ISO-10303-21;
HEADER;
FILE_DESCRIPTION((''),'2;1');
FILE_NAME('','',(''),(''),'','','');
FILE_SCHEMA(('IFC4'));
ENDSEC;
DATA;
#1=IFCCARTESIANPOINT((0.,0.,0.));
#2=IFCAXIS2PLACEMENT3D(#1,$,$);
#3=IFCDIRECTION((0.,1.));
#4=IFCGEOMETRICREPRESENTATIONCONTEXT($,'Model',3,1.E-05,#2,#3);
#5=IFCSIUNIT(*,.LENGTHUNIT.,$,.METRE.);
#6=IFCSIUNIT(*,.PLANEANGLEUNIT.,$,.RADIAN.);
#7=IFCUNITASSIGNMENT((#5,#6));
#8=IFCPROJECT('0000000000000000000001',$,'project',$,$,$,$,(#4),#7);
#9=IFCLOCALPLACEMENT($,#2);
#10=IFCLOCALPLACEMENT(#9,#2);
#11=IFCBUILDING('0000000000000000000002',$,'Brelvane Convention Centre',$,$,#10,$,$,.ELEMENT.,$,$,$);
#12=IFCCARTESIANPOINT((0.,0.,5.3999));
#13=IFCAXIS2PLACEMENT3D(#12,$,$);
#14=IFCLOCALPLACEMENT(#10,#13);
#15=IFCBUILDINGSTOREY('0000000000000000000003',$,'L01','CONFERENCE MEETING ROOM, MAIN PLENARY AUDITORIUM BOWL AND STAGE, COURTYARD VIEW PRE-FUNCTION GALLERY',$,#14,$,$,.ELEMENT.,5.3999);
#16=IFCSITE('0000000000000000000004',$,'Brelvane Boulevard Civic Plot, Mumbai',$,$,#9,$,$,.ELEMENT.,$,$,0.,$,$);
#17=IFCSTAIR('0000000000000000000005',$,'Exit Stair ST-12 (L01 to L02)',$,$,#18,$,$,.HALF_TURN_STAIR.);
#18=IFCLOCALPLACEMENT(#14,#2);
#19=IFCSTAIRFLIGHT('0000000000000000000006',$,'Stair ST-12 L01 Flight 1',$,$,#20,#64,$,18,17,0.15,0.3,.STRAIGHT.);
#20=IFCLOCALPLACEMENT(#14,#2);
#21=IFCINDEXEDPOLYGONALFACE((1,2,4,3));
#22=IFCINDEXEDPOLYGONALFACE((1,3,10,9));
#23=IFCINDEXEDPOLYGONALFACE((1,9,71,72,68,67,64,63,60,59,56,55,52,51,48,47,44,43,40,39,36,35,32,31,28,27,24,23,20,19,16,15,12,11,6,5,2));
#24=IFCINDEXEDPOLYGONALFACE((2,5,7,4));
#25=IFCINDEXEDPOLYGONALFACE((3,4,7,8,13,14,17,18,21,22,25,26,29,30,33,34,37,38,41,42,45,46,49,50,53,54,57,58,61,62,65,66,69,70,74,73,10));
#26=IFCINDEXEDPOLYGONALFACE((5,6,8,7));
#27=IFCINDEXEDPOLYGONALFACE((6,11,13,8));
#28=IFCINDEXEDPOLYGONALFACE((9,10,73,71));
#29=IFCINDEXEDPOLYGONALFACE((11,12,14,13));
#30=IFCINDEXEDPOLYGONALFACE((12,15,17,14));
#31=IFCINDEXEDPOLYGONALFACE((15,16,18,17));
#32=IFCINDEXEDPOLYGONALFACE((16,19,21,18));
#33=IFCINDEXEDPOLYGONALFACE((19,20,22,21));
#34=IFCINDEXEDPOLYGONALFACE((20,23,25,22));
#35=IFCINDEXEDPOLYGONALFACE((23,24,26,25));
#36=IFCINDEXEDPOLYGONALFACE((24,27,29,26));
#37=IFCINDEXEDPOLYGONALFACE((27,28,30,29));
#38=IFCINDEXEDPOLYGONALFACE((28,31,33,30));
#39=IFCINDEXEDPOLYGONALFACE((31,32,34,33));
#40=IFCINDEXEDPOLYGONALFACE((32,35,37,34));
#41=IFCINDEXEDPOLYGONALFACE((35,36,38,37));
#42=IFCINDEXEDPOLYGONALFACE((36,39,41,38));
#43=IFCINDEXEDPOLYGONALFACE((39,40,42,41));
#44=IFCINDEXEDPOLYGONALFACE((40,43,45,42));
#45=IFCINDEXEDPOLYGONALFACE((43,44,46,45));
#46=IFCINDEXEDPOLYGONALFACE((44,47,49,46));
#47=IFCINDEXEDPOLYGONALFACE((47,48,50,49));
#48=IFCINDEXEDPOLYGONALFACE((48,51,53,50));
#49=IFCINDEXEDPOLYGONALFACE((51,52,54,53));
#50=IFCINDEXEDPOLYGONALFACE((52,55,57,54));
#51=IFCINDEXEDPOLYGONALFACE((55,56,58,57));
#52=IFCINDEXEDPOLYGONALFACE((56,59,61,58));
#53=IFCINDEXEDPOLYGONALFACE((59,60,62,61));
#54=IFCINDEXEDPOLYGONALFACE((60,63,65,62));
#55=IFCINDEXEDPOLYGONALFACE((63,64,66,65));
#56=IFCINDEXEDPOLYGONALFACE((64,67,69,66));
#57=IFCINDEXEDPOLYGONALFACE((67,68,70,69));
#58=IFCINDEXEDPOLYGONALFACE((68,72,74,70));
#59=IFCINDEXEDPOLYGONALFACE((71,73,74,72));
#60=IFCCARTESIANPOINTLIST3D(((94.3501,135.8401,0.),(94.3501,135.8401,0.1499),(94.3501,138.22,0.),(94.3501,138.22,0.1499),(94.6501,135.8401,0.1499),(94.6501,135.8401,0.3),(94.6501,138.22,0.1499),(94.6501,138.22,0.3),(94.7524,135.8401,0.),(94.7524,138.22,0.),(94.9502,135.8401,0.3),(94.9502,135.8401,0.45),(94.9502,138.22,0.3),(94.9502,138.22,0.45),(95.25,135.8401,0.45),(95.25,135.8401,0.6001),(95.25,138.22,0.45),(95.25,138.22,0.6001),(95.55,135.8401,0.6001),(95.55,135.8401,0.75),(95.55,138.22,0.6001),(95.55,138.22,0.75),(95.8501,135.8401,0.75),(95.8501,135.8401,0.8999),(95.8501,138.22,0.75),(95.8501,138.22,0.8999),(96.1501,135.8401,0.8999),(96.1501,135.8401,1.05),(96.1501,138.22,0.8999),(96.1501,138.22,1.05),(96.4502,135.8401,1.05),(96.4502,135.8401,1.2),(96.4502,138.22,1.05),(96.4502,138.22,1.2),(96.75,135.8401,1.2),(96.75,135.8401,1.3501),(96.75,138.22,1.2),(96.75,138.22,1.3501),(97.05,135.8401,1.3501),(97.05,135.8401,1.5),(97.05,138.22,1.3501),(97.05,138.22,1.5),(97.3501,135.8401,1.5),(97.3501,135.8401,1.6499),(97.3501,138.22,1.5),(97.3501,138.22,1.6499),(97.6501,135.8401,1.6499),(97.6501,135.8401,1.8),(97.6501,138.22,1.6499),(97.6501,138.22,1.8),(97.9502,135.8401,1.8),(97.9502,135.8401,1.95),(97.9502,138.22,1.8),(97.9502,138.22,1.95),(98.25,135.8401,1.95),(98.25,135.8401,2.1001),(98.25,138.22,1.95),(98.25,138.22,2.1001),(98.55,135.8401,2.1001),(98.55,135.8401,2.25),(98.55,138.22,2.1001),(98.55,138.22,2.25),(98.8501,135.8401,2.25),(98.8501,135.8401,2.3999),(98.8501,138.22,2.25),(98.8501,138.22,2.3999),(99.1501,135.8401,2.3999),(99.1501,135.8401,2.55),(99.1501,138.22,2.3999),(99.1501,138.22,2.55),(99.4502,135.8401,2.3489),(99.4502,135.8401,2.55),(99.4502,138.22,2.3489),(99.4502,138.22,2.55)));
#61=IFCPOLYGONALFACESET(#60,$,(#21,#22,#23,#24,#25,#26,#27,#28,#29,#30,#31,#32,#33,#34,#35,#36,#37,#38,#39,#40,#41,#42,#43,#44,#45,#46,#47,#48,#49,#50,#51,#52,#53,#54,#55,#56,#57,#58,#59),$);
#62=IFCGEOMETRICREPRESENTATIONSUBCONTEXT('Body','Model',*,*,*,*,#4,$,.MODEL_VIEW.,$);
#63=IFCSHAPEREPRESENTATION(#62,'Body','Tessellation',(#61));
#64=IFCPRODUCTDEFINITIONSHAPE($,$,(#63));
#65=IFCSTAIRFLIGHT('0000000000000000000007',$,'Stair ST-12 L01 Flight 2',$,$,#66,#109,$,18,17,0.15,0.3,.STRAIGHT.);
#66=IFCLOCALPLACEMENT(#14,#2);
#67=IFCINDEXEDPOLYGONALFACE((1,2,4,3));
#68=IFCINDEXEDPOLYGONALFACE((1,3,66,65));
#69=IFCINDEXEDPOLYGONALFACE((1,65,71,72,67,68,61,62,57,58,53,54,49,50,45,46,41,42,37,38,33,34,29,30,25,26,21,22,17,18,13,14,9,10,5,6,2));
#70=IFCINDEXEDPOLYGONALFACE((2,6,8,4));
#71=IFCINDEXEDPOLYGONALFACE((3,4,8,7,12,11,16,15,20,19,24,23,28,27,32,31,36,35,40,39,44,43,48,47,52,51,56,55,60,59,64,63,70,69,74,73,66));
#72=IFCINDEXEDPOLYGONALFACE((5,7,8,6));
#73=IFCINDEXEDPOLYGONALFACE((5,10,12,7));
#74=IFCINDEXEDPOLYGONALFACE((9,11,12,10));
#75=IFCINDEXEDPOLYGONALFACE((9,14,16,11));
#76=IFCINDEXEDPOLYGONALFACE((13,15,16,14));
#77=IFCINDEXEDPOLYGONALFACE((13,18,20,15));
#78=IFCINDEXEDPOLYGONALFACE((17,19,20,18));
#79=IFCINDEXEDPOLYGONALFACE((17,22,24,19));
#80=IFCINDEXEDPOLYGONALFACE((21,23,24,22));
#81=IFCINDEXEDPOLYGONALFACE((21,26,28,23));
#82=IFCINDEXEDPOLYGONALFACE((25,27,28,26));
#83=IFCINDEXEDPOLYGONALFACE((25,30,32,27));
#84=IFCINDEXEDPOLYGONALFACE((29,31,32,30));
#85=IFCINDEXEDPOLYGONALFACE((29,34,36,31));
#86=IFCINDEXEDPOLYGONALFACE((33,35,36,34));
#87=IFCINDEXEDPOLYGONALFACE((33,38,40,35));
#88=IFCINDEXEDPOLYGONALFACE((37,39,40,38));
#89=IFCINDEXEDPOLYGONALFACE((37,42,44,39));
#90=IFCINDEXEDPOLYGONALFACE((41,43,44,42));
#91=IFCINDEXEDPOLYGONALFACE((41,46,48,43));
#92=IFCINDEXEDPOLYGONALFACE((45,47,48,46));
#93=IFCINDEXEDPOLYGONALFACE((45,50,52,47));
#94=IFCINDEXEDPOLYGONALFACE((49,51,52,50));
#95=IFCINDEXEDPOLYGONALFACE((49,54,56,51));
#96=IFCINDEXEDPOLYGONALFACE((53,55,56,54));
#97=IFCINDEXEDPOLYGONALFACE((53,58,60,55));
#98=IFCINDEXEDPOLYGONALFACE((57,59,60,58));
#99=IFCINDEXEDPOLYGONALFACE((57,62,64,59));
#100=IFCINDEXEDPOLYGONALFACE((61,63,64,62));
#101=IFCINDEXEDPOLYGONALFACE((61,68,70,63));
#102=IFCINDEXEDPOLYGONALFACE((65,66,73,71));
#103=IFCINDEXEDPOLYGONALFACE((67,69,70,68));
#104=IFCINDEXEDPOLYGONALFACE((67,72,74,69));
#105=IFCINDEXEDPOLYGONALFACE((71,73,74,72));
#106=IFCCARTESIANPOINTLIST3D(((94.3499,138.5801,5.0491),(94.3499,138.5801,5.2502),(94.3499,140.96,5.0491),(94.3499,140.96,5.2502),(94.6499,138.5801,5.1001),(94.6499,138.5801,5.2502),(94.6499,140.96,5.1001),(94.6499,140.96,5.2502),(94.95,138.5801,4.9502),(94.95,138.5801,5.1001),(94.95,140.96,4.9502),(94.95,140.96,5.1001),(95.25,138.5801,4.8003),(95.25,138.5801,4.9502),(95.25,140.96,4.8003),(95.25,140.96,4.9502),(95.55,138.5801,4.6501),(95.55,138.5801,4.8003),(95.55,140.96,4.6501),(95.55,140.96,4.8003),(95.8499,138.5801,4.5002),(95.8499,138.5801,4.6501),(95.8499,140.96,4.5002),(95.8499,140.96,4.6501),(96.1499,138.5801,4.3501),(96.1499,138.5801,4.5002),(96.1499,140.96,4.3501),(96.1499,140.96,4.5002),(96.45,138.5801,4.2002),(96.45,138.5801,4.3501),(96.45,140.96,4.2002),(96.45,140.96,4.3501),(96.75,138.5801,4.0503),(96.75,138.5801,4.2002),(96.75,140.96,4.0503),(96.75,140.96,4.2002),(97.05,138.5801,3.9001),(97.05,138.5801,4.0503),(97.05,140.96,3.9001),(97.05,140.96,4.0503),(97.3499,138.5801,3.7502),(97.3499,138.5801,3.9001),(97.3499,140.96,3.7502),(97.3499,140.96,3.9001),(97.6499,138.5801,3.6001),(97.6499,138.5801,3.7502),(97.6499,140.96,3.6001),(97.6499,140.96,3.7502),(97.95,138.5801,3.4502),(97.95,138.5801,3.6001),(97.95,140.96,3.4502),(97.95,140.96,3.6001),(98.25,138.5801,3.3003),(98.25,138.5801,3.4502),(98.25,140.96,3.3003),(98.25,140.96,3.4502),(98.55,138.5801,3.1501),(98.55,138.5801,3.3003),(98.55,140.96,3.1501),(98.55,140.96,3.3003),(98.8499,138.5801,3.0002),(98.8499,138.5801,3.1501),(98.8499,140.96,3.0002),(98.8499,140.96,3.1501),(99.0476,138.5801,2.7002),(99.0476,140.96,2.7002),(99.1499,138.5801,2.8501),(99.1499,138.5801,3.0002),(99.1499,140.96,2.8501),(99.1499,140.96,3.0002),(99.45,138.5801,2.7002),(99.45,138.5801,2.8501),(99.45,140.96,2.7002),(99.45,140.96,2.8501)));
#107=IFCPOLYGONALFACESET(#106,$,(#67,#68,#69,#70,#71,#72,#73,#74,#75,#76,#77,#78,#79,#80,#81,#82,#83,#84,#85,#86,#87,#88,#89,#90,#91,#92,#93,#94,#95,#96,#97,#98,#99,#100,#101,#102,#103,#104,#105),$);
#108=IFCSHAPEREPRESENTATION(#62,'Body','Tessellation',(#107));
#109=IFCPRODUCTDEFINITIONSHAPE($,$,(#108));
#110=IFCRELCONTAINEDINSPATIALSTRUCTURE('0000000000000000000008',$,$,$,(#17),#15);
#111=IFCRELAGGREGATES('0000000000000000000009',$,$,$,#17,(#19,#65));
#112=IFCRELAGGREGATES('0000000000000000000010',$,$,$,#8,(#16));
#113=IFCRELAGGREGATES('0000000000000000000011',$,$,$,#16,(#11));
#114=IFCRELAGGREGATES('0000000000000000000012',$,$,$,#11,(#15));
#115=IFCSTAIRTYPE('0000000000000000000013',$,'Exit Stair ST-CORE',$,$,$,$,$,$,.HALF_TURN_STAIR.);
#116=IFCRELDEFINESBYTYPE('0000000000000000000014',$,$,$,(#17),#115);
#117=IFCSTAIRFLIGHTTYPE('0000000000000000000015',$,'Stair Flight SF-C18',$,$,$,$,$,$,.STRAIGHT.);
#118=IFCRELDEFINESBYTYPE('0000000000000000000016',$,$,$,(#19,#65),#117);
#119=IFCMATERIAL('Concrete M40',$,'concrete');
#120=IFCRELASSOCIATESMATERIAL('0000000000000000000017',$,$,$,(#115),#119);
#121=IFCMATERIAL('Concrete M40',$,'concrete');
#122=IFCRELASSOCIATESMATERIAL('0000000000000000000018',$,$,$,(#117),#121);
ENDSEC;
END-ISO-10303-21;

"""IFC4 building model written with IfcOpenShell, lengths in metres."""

from ifc_helpers import new_model, si_unit, direction, frame, origin, place, context, subcontext, project, spatial, polyline, outline, extrude, material, type_object, element, aggregate, save


model = new_model("IFC4")

# Units and contexts
model_context = context("Model", 3, precision=1e-05, world=origin(), true_north=direction((0.0, 1.0)))
body_context = subcontext(model_context, "Body", "Model", "MODEL_VIEW")
ifc_project = project(units=[si_unit("LENGTHUNIT", "METRE"), si_unit("PLANEANGLEUNIT", "RADIAN")], contexts=[model_context])

# Site, building, storey
site_placement = place(None, origin())
site = spatial("IfcSite", under=ifc_project, at=site_placement, Name="Brelvane Boulevard Civic Plot, Mumbai", CompositionType="ELEMENT", RefElevation=0.0)
building_placement = place(site_placement, origin())
building = spatial("IfcBuilding", under=site, at=building_placement, Name="Brelvane Convention Centre", CompositionType="ELEMENT")
storey_placement = place(building_placement, frame((0.0, 0.0, 5.3999)))
storey = spatial("IfcBuildingStorey", under=building, at=storey_placement, Name="L01", Description="CONFERENCE MEETING ROOM, MAIN PLENARY AUDITORIUM BOWL AND STAGE, COURTYARD VIEW PRE-FUNCTION GALLERY", CompositionType="ELEMENT", Elevation=5.3999)

# Stair, stair flights
ifc_material_1 = material(Name="Concrete M40", Category="concrete")
stair_type = type_object("IfcStairType", Name="Exit Stair ST-CORE", PredefinedType="HALF_TURN_STAIR", material=ifc_material_1)
stair_placement = place(storey_placement, origin())
stair = element("IfcStair", 1, at=stair_placement, inside=storey, type_object=stair_type, Name="Exit Stair ST-12 (L01 to L02)", PredefinedType="HALF_TURN_STAIR")
ifc_material_2 = material(Name="Concrete M40", Category="concrete")
stair_flight_type = type_object("IfcStairFlightType", Name="Stair Flight SF-C18", PredefinedType="STRAIGHT", material=ifc_material_2)
stair_flight_1_placement = place(storey_placement, frame((94.3501, 137.03, 0.0), z_axis=(0.0, 0.0, 1.0), x_axis=(1.0, 0.0, 0.0)))
stair_flight_1 = element("IfcStairFlight", 2, at=stair_flight_1_placement, type_object=stair_flight_type, Name="Stair ST-12 L01 Flight 1", NumberOfRisers=18, NumberOfTreads=17, PredefinedType="STRAIGHT", RiserHeight=0.15, TreadLength=0.3, context=body_context, shape_type="SweptSolid", body=[
    extrude(outline(polyline([(0.0, 0.0), (0.0, 0.1499), (0.3, 0.1499), (0.3, 0.3), (0.6001, 0.3), (0.6001, 0.45), (0.8999, 0.45), (0.8999, 0.6001), (1.2, 0.6001), (1.2, 0.75), (1.5, 0.75), (1.5, 0.8999), (1.8, 0.8999), (1.8, 1.05), (2.1001, 1.05), (2.1001, 1.2), (2.3999, 1.2), (2.3999, 1.3501), (2.7, 1.3501), (2.7, 1.5), (3.0, 1.5), (3.0, 1.6499), (3.3, 1.6499), (3.3, 1.8), (3.6001, 1.8), (3.6001, 1.95), (3.8999, 1.95), (3.8999, 2.1001), (4.2, 2.1001), (4.2, 2.25), (4.5, 2.25), (4.5, 2.3999), (4.8, 2.3999), (4.8, 2.55), (5.1001, 2.55), (5.1001, 2.7), (5.1001, 2.3489), (0.4023, 0.0), (0.0, 0.0)])), frame((0.0, 1.1899, 0.0), z_axis=(0.0, -1.0, 0.0), x_axis=(1.0, 0.0, 0.0)), (0.0, 0.0, 1.0), 2.3799),
])
stair_flight_2_placement = place(storey_placement, frame((99.45, 139.77, 2.7002), z_axis=(0.0, 0.0, 1.0), x_axis=(-1.0, 0.0, 0.0)))
stair_flight_2 = element("IfcStairFlight", 3, at=stair_flight_2_placement, type_object=stair_flight_type, Name="Stair ST-12 L01 Flight 2", NumberOfRisers=18, NumberOfTreads=17, PredefinedType="STRAIGHT", RiserHeight=0.15, TreadLength=0.3, context=body_context, shape_type="SweptSolid", body=[
    extrude(outline(polyline([(0.0, 0.0), (0.0, 0.1499), (0.3, 0.1499), (0.3, 0.3), (0.6001, 0.3), (0.6001, 0.45), (0.8999, 0.45), (0.8999, 0.6001), (1.2, 0.6001), (1.2, 0.75), (1.5, 0.75), (1.5, 0.8999), (1.8, 0.8999), (1.8, 1.05), (2.1001, 1.05), (2.1001, 1.2), (2.3999, 1.2), (2.3999, 1.3501), (2.7, 1.3501), (2.7, 1.5), (3.0, 1.5), (3.0, 1.6499), (3.3, 1.6499), (3.3, 1.8), (3.6001, 1.8), (3.6001, 1.95), (3.8999, 1.95), (3.8999, 2.1001), (4.2, 2.1001), (4.2, 2.25), (4.5, 2.25), (4.5, 2.3999), (4.8, 2.3999), (4.8, 2.55), (5.1001, 2.55), (5.1001, 2.7), (5.1001, 2.3489), (0.4023, 0.0), (0.0, 0.0)])), frame((0.0, 1.1899, 0.0), z_axis=(0.0, -1.0, 0.0), x_axis=(1.0, 0.0, 0.0)), (0.0, 0.0, 1.0), 2.3799),
])
aggregate(stair, [stair_flight_1, stair_flight_2])

save(model, "model.ifc")
